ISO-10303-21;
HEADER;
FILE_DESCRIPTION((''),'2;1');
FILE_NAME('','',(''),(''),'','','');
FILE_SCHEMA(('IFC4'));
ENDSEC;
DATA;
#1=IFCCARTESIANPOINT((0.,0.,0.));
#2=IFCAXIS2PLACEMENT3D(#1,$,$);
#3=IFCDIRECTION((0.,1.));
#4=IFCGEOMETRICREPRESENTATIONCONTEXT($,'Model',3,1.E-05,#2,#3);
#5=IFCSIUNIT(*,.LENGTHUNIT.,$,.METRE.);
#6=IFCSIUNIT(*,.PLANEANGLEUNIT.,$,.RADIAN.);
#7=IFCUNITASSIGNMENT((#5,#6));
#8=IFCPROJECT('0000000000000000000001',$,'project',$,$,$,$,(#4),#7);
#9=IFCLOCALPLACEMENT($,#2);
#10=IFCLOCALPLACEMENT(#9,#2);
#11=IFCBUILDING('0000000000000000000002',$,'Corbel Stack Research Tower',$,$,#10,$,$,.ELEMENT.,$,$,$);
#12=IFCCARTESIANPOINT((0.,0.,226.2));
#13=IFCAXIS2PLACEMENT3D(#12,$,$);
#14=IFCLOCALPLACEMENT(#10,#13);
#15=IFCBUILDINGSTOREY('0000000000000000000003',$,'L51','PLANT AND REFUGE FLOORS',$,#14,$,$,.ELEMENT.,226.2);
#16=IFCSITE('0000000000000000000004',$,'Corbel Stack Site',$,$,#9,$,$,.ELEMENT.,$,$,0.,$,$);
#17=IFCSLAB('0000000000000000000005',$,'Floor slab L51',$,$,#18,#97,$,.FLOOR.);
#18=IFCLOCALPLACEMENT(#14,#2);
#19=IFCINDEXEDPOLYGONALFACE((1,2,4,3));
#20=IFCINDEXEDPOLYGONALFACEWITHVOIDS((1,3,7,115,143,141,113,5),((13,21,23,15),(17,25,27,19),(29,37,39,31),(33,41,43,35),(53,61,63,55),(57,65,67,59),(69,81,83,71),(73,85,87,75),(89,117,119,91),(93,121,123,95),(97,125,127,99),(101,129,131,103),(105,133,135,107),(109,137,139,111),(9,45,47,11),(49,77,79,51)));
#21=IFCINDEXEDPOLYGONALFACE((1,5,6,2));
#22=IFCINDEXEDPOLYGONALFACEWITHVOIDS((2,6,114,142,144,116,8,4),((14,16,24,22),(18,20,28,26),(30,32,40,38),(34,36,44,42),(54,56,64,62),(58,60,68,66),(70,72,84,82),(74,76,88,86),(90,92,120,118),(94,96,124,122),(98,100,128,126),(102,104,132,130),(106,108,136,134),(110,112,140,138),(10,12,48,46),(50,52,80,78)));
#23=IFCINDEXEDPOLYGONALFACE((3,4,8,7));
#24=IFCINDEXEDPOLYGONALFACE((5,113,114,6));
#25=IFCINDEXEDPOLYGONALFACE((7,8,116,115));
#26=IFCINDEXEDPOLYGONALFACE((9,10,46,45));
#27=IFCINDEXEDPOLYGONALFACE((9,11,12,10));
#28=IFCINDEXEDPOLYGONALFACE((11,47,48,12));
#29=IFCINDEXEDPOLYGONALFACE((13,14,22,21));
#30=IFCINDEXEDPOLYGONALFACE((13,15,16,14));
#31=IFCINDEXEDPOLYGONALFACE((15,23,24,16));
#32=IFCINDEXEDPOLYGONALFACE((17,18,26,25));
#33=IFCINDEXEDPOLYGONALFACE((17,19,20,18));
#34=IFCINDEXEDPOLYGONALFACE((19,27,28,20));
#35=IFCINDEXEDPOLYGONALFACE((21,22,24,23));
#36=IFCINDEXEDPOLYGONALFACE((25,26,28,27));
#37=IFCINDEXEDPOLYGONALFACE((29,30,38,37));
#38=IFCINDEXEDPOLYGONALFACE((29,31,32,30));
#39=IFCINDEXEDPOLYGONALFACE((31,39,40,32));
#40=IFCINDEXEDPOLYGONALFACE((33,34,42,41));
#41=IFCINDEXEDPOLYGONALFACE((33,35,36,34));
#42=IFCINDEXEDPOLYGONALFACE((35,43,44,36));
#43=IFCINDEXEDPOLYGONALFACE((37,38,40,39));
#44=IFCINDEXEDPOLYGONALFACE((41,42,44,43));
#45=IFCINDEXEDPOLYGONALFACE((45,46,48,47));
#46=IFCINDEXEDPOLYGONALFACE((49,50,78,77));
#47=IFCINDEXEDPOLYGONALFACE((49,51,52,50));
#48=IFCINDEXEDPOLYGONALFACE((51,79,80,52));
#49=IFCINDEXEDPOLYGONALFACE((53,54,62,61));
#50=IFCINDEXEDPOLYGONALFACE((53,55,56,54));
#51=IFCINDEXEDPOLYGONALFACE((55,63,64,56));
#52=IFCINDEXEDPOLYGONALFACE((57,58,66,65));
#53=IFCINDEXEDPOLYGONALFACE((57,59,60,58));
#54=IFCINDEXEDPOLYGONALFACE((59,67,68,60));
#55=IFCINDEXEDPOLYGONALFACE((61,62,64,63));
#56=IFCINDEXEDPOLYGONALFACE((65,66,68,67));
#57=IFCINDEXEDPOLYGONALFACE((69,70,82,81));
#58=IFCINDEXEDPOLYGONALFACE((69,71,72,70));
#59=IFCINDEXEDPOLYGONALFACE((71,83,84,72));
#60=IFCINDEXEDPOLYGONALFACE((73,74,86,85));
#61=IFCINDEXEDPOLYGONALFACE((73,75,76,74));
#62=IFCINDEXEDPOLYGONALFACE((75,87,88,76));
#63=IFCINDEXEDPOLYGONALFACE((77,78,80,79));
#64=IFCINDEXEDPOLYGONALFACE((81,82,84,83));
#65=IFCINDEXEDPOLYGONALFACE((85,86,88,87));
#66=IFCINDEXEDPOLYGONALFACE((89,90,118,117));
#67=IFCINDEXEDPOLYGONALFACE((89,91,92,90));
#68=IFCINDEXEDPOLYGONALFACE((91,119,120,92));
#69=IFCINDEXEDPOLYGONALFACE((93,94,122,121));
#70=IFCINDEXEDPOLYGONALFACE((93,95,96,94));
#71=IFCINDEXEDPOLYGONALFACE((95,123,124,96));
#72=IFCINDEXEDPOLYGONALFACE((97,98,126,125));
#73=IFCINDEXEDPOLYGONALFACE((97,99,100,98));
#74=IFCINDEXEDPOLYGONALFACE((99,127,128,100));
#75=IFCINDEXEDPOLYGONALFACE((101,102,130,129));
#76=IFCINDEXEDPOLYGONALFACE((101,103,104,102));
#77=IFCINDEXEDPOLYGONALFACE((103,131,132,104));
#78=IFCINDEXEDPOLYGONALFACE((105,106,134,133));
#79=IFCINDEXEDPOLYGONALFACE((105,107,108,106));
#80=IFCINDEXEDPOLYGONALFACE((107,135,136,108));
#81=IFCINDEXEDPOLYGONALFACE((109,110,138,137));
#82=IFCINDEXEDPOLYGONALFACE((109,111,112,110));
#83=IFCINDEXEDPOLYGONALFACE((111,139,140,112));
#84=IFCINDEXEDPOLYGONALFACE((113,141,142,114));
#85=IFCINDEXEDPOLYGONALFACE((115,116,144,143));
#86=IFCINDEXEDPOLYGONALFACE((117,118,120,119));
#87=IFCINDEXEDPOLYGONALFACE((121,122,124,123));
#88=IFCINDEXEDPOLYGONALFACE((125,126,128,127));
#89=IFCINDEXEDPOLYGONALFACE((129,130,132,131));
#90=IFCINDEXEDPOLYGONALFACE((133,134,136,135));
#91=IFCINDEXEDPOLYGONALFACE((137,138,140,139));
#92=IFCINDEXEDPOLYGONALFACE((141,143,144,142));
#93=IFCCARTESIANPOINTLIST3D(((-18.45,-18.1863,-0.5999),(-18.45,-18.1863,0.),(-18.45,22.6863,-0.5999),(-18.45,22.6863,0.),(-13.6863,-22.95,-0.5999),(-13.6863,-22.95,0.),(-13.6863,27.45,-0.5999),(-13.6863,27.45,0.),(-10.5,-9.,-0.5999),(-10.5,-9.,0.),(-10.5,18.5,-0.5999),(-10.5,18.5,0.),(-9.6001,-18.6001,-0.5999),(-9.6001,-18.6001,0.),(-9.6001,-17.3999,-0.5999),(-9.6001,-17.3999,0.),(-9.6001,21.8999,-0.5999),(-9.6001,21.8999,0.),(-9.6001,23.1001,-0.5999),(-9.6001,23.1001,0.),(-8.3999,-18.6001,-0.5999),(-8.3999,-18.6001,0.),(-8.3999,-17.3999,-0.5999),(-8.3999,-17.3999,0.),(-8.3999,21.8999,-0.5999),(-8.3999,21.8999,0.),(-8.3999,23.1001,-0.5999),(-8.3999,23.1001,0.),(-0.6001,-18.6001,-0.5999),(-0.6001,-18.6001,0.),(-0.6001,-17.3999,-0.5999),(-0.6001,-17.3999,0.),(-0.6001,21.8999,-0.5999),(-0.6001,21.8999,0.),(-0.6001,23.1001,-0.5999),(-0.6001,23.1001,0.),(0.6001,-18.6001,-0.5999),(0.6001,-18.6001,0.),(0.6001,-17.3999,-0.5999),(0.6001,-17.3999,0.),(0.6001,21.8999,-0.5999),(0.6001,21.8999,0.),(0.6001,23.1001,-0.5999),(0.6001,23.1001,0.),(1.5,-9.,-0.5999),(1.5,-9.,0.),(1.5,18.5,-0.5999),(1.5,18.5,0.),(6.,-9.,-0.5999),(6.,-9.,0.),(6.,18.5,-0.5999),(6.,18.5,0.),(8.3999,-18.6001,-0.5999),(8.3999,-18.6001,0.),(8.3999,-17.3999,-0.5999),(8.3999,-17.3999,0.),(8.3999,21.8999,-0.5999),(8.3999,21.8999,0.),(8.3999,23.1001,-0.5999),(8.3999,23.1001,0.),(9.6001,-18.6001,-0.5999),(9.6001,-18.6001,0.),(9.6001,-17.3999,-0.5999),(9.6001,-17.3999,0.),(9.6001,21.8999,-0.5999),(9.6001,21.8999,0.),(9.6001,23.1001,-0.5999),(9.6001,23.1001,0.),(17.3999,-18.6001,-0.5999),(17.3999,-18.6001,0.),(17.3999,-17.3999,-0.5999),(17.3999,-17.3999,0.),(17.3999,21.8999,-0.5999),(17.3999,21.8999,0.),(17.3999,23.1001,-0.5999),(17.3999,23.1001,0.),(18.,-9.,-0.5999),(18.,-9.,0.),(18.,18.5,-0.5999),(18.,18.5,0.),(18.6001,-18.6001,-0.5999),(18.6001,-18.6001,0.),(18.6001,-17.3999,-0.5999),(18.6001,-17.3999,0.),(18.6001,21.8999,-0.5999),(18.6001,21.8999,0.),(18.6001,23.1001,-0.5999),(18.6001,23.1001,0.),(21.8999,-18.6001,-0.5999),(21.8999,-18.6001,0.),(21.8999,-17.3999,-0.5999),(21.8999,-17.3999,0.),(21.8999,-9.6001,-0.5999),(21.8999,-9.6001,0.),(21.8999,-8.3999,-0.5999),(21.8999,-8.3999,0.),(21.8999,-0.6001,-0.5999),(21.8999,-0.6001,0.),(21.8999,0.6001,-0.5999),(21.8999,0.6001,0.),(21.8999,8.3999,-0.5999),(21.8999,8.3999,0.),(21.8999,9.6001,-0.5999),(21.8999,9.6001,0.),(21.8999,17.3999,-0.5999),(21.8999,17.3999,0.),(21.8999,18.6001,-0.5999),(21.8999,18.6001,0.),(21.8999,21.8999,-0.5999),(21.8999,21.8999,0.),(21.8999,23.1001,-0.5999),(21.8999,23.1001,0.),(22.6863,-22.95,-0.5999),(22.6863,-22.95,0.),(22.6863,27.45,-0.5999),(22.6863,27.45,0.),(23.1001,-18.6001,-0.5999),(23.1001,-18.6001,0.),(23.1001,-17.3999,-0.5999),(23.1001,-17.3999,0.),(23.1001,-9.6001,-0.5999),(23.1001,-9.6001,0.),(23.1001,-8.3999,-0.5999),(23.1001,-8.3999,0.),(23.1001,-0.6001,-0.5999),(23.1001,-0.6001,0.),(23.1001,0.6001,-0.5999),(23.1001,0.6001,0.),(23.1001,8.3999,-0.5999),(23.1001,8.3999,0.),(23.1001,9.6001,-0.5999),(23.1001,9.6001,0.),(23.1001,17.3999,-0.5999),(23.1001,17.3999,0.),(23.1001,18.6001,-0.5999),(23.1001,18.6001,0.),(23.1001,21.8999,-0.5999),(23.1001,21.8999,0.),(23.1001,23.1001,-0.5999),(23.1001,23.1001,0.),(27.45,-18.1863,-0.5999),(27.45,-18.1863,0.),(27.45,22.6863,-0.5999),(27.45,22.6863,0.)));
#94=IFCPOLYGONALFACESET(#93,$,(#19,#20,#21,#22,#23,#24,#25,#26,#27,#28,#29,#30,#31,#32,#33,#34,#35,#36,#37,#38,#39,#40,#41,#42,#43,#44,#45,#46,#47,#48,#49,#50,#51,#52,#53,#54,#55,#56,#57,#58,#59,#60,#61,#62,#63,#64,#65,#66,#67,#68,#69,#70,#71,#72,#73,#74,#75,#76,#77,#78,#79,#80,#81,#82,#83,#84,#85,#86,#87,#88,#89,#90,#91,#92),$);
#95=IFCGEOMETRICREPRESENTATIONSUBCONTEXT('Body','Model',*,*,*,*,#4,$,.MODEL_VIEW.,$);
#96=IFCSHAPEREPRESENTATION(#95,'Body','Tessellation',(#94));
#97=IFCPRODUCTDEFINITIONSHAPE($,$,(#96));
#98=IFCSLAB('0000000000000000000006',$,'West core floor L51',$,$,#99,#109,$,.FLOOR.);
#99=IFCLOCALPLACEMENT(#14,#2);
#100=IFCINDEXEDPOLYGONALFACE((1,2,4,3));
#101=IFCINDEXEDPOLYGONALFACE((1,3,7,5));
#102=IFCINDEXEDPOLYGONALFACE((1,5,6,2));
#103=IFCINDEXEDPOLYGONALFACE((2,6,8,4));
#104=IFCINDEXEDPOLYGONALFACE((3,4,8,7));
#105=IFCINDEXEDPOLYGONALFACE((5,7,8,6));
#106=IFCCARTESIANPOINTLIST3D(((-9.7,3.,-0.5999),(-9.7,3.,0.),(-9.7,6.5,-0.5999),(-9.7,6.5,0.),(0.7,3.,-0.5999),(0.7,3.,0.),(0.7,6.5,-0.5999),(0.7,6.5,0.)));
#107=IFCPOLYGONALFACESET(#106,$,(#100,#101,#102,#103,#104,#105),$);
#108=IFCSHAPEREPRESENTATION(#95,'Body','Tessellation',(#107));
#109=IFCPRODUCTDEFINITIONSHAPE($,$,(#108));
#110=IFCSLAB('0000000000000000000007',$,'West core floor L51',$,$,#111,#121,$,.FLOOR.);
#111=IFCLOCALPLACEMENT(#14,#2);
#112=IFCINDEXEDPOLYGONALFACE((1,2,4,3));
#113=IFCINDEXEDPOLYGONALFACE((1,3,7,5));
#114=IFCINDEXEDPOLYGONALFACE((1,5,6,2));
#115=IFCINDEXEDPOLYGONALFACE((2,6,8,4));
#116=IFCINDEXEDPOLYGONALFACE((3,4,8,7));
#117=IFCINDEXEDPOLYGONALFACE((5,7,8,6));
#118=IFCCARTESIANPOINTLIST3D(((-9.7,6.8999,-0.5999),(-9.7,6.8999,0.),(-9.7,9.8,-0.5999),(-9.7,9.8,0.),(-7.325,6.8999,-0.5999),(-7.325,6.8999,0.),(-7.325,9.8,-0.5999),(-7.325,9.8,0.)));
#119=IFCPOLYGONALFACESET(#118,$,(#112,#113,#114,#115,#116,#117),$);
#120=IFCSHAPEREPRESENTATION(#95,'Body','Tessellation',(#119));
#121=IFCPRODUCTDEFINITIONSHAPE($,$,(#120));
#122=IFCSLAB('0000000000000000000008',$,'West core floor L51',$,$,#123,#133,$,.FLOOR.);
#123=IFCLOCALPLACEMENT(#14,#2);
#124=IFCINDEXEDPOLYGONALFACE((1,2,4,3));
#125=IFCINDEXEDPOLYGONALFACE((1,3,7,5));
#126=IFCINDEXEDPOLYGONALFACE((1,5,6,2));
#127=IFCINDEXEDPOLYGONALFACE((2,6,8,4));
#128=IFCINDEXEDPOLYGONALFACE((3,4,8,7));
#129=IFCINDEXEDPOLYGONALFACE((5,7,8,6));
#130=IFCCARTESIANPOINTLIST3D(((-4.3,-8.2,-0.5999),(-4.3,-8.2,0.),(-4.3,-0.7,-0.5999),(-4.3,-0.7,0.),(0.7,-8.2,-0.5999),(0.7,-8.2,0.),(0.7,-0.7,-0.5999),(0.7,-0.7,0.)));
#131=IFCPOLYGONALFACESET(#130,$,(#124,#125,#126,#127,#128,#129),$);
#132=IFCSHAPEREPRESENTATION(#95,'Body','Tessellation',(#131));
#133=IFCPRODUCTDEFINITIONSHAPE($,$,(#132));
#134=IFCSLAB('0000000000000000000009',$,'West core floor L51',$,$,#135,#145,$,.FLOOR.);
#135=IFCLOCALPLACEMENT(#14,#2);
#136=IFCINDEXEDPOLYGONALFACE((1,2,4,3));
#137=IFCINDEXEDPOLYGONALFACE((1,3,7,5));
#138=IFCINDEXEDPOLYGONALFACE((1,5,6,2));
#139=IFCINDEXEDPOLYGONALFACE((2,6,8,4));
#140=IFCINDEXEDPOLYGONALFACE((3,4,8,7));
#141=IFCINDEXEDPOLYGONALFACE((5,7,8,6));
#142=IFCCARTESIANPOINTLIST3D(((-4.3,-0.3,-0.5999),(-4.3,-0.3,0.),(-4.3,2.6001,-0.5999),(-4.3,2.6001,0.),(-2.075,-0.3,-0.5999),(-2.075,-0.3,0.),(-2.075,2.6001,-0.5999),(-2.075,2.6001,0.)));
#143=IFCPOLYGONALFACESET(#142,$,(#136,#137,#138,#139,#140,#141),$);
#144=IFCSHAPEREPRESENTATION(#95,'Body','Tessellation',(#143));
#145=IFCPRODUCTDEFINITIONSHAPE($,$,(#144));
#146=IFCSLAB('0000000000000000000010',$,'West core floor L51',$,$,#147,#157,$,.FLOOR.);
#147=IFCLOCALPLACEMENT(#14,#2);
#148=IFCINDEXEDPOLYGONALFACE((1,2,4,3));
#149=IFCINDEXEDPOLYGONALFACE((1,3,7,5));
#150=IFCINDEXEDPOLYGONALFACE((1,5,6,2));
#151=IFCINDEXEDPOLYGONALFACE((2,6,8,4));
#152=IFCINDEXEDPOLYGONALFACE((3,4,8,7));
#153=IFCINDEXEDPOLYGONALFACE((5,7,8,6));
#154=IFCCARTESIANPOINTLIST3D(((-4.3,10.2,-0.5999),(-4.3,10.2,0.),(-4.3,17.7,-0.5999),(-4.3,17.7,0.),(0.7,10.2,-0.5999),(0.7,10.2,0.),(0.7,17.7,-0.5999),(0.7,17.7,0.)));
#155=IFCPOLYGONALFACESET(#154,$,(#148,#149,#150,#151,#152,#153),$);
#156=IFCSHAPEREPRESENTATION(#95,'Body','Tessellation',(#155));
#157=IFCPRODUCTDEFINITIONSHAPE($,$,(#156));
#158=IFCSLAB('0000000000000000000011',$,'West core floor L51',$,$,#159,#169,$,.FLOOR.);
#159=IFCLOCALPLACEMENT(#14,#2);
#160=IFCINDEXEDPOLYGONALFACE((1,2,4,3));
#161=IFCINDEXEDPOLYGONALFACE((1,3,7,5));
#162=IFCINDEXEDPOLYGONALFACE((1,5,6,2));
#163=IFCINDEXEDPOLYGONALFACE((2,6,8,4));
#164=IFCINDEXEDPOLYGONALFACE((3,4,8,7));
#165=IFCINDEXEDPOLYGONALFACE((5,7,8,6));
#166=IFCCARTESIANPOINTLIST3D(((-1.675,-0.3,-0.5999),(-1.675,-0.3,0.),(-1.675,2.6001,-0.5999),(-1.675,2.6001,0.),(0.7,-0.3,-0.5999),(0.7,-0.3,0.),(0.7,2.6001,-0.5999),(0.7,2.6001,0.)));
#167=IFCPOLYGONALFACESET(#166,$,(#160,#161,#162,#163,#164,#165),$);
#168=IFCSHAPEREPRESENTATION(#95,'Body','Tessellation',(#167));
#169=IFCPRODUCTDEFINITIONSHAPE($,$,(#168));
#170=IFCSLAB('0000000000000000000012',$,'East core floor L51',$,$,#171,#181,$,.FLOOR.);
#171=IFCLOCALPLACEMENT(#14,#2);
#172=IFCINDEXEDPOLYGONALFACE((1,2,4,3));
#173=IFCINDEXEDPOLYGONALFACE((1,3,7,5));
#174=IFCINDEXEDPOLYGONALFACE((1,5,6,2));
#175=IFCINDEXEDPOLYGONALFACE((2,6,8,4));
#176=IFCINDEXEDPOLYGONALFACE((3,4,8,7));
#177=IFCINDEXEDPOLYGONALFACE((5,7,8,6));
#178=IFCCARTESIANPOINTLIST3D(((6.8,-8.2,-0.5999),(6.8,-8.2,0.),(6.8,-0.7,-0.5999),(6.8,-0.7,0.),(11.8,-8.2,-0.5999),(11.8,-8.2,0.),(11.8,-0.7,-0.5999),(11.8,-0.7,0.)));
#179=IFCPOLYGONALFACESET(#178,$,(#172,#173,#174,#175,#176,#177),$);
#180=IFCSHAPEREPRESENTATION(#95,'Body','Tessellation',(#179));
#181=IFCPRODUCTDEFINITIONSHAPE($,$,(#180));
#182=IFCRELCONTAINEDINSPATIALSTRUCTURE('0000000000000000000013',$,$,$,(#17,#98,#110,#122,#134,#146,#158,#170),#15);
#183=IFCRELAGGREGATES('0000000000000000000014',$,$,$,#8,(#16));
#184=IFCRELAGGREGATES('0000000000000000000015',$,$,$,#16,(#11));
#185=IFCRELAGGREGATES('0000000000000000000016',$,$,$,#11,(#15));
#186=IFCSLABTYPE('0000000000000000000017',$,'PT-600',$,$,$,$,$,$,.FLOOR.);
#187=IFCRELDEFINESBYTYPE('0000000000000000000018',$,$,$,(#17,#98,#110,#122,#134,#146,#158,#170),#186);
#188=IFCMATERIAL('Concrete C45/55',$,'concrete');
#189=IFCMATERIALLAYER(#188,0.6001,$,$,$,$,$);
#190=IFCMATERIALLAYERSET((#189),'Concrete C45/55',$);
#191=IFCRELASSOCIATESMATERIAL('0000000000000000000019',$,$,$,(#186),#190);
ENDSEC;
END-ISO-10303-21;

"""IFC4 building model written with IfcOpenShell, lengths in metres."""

from ifc_helpers import new_model, si_unit, direction, frame, origin, place, context, subcontext, project, spatial, polyline, outline, extrude, material, layer, layer_set, type_object, element, save


model = new_model("IFC4")

# Units and contexts
model_context = context("Model", 3, precision=1e-05, world=origin(), true_north=direction((0.0, 1.0)))
body_context = subcontext(model_context, "Body", "Model", "MODEL_VIEW")
ifc_project = project(units=[si_unit("LENGTHUNIT", "METRE"), si_unit("PLANEANGLEUNIT", "RADIAN")], contexts=[model_context])

# Site, building, storey
site_placement = place(None, origin())
site = spatial("IfcSite", under=ifc_project, at=site_placement, Name="Corbel Stack Site", CompositionType="ELEMENT", RefElevation=0.0)
building_placement = place(site_placement, origin())
building = spatial("IfcBuilding", under=site, at=building_placement, Name="Corbel Stack Research Tower", CompositionType="ELEMENT")
storey_placement = place(building_placement, frame((0.0, 0.0, 226.2)))
storey = spatial("IfcBuildingStorey", under=building, at=storey_placement, Name="L51", Description="PLANT AND REFUGE FLOORS", CompositionType="ELEMENT", Elevation=226.2)

# Slabs
ifc_material_1 = material(Name="Concrete C45/55", Category="concrete")
ifc_layer_1 = layer(ifc_material_1, 0.6001)
ifc_layer_set_1 = layer_set([ifc_layer_1], Name="Concrete C45/55")
slab_type_1 = type_object("IfcSlabType", Name="PT-600", PredefinedType="FLOOR", material=ifc_layer_set_1)
slab_1_placement = place(storey_placement, frame((0.0, 0.0, -0.5999)))
element("IfcSlab", 1, at=slab_1_placement, inside=storey, type_object=slab_type_1, Name="Floor slab L51", PredefinedType="FLOOR", context=body_context, shape_type="SweptSolid", body=[
    extrude(outline(polyline([(-13.6863, -22.95), (22.6863, -22.95), (27.45, -18.1863), (27.45, 22.6863), (22.6863, 27.45), (-13.6863, 27.45), (-18.45, 22.6863), (-18.45, -18.1863), (-13.6863, -22.95)]), holes=[polyline([(23.1001, 21.8999), (21.8999, 21.8999), (21.8999, 23.1001), (23.1001, 23.1001), (23.1001, 21.8999)]), polyline([(23.1001, 17.3999), (21.8999, 17.3999), (21.8999, 18.6001), (23.1001, 18.6001), (23.1001, 17.3999)]), polyline([(23.1001, 8.3999), (21.8999, 8.3999), (21.8999, 9.6001), (23.1001, 9.6001), (23.1001, 8.3999)]), polyline([(23.1001, -0.6001), (21.8999, -0.6001), (21.8999, 0.6001), (23.1001, 0.6001), (23.1001, -0.6001)]), polyline([(23.1001, -9.6001), (21.8999, -9.6001), (21.8999, -8.3999), (23.1001, -8.3999), (23.1001, -9.6001)]), polyline([(23.1001, -18.6001), (21.8999, -18.6001), (21.8999, -17.3999), (23.1001, -17.3999), (23.1001, -18.6001)]), polyline([(18.6001, 21.8999), (17.3999, 21.8999), (17.3999, 23.1001), (18.6001, 23.1001), (18.6001, 21.8999)]), polyline([(18.6001, -18.6001), (17.3999, -18.6001), (17.3999, -17.3999), (18.6001, -17.3999), (18.6001, -18.6001)]), polyline([(18.0, -9.0), (6.0, -9.0), (6.0, 18.5), (18.0, 18.5), (18.0, -9.0)]), polyline([(9.6001, 21.8999), (8.3999, 21.8999), (8.3999, 23.1001), (9.6001, 23.1001), (9.6001, 21.8999)]), polyline([(9.6001, -18.6001), (8.3999, -18.6001), (8.3999, -17.3999), (9.6001, -17.3999), (9.6001, -18.6001)]), polyline([(1.5, -9.0), (-10.5, -9.0), (-10.5, 18.5), (1.5, 18.5), (1.5, -9.0)]), polyline([(0.6001, 21.8999), (-0.6001, 21.8999), (-0.6001, 23.1001), (0.6001, 23.1001), (0.6001, 21.8999)]), polyline([(0.6001, -18.6001), (-0.6001, -18.6001), (-0.6001, -17.3999), (0.6001, -17.3999), (0.6001, -18.6001)]), polyline([(-8.3999, 21.8999), (-9.6001, 21.8999), (-9.6001, 23.1001), (-8.3999, 23.1001), (-8.3999, 21.8999)]), polyline([(-8.3999, -18.6001), (-9.6001, -18.6001), (-9.6001, -17.3999), (-8.3999, -17.3999), (-8.3999, -18.6001)])]), origin(), (0.0, 0.0, 1.0), 0.5999),
])
slab_2_placement = place(storey_placement, frame((0.0, 0.0, -0.5999)))
element("IfcSlab", 2, at=slab_2_placement, inside=storey, type_object=slab_type_1, Name="West core floor L51", PredefinedType="FLOOR", context=body_context, shape_type="SweptSolid", body=[
    extrude(outline(polyline([(0.7, 6.5), (-9.7, 6.5), (-9.7, 3.0), (0.7, 3.0), (0.7, 6.5)])), origin(), (0.0, 0.0, 1.0), 0.5999),
])
slab_3_placement = place(storey_placement, frame((0.0, 0.0, -0.5999)))
element("IfcSlab", 3, at=slab_3_placement, inside=storey, type_object=slab_type_1, Name="West core floor L51", PredefinedType="FLOOR", context=body_context, shape_type="SweptSolid", body=[
    extrude(outline(polyline([(-9.7, 6.8999), (-7.325, 6.8999), (-7.325, 9.8), (-9.7, 9.8), (-9.7, 6.8999)])), origin(), (0.0, 0.0, 1.0), 0.5999),
])
slab_4_placement = place(storey_placement, frame((0.0, 0.0, -0.5999)))
element("IfcSlab", 4, at=slab_4_placement, inside=storey, type_object=slab_type_1, Name="West core floor L51", PredefinedType="FLOOR", context=body_context, shape_type="SweptSolid", body=[
    extrude(outline(polyline([(-4.3, -0.7), (-4.3, -8.2), (0.7, -8.2), (0.7, -0.7), (-4.3, -0.7)])), origin(), (0.0, 0.0, 1.0), 0.5999),
])
slab_5_placement = place(storey_placement, frame((0.0, 0.0, -0.5999)))
element("IfcSlab", 5, at=slab_5_placement, inside=storey, type_object=slab_type_1, Name="West core floor L51", PredefinedType="FLOOR", context=body_context, shape_type="SweptSolid", body=[
    extrude(outline(polyline([(-2.075, -0.3), (-2.075, 2.6001), (-4.3, 2.6001), (-4.3, -0.3), (-2.075, -0.3)])), origin(), (0.0, 0.0, 1.0), 0.5999),
])
slab_6_placement = place(storey_placement, frame((0.0, 0.0, -0.5999)))
element("IfcSlab", 6, at=slab_6_placement, inside=storey, type_object=slab_type_1, Name="West core floor L51", PredefinedType="FLOOR", context=body_context, shape_type="SweptSolid", body=[
    extrude(outline(polyline([(0.7, 17.7), (-4.3, 17.7), (-4.3, 10.2), (0.7, 10.2), (0.7, 17.7)])), origin(), (0.0, 0.0, 1.0), 0.5999),
])
slab_7_placement = place(storey_placement, frame((0.0, 0.0, -0.5999)))
element("IfcSlab", 7, at=slab_7_placement, inside=storey, type_object=slab_type_1, Name="West core floor L51", PredefinedType="FLOOR", context=body_context, shape_type="SweptSolid", body=[
    extrude(outline(polyline([(0.7, -0.3), (0.7, 2.6001), (-1.675, 2.6001), (-1.675, -0.3), (0.7, -0.3)])), origin(), (0.0, 0.0, 1.0), 0.5999),
])
slab_8_placement = place(storey_placement, frame((0.0, 0.0, -0.5999)))
element("IfcSlab", 8, at=slab_8_placement, inside=storey, type_object=slab_type_1, Name="East core floor L51", PredefinedType="FLOOR", context=body_context, shape_type="SweptSolid", body=[
    extrude(outline(polyline([(6.8, -0.7), (6.8, -8.2), (11.8, -8.2), (11.8, -0.7), (6.8, -0.7)])), origin(), (0.0, 0.0, 1.0), 0.5999),
])

save(model, "model.ifc")
